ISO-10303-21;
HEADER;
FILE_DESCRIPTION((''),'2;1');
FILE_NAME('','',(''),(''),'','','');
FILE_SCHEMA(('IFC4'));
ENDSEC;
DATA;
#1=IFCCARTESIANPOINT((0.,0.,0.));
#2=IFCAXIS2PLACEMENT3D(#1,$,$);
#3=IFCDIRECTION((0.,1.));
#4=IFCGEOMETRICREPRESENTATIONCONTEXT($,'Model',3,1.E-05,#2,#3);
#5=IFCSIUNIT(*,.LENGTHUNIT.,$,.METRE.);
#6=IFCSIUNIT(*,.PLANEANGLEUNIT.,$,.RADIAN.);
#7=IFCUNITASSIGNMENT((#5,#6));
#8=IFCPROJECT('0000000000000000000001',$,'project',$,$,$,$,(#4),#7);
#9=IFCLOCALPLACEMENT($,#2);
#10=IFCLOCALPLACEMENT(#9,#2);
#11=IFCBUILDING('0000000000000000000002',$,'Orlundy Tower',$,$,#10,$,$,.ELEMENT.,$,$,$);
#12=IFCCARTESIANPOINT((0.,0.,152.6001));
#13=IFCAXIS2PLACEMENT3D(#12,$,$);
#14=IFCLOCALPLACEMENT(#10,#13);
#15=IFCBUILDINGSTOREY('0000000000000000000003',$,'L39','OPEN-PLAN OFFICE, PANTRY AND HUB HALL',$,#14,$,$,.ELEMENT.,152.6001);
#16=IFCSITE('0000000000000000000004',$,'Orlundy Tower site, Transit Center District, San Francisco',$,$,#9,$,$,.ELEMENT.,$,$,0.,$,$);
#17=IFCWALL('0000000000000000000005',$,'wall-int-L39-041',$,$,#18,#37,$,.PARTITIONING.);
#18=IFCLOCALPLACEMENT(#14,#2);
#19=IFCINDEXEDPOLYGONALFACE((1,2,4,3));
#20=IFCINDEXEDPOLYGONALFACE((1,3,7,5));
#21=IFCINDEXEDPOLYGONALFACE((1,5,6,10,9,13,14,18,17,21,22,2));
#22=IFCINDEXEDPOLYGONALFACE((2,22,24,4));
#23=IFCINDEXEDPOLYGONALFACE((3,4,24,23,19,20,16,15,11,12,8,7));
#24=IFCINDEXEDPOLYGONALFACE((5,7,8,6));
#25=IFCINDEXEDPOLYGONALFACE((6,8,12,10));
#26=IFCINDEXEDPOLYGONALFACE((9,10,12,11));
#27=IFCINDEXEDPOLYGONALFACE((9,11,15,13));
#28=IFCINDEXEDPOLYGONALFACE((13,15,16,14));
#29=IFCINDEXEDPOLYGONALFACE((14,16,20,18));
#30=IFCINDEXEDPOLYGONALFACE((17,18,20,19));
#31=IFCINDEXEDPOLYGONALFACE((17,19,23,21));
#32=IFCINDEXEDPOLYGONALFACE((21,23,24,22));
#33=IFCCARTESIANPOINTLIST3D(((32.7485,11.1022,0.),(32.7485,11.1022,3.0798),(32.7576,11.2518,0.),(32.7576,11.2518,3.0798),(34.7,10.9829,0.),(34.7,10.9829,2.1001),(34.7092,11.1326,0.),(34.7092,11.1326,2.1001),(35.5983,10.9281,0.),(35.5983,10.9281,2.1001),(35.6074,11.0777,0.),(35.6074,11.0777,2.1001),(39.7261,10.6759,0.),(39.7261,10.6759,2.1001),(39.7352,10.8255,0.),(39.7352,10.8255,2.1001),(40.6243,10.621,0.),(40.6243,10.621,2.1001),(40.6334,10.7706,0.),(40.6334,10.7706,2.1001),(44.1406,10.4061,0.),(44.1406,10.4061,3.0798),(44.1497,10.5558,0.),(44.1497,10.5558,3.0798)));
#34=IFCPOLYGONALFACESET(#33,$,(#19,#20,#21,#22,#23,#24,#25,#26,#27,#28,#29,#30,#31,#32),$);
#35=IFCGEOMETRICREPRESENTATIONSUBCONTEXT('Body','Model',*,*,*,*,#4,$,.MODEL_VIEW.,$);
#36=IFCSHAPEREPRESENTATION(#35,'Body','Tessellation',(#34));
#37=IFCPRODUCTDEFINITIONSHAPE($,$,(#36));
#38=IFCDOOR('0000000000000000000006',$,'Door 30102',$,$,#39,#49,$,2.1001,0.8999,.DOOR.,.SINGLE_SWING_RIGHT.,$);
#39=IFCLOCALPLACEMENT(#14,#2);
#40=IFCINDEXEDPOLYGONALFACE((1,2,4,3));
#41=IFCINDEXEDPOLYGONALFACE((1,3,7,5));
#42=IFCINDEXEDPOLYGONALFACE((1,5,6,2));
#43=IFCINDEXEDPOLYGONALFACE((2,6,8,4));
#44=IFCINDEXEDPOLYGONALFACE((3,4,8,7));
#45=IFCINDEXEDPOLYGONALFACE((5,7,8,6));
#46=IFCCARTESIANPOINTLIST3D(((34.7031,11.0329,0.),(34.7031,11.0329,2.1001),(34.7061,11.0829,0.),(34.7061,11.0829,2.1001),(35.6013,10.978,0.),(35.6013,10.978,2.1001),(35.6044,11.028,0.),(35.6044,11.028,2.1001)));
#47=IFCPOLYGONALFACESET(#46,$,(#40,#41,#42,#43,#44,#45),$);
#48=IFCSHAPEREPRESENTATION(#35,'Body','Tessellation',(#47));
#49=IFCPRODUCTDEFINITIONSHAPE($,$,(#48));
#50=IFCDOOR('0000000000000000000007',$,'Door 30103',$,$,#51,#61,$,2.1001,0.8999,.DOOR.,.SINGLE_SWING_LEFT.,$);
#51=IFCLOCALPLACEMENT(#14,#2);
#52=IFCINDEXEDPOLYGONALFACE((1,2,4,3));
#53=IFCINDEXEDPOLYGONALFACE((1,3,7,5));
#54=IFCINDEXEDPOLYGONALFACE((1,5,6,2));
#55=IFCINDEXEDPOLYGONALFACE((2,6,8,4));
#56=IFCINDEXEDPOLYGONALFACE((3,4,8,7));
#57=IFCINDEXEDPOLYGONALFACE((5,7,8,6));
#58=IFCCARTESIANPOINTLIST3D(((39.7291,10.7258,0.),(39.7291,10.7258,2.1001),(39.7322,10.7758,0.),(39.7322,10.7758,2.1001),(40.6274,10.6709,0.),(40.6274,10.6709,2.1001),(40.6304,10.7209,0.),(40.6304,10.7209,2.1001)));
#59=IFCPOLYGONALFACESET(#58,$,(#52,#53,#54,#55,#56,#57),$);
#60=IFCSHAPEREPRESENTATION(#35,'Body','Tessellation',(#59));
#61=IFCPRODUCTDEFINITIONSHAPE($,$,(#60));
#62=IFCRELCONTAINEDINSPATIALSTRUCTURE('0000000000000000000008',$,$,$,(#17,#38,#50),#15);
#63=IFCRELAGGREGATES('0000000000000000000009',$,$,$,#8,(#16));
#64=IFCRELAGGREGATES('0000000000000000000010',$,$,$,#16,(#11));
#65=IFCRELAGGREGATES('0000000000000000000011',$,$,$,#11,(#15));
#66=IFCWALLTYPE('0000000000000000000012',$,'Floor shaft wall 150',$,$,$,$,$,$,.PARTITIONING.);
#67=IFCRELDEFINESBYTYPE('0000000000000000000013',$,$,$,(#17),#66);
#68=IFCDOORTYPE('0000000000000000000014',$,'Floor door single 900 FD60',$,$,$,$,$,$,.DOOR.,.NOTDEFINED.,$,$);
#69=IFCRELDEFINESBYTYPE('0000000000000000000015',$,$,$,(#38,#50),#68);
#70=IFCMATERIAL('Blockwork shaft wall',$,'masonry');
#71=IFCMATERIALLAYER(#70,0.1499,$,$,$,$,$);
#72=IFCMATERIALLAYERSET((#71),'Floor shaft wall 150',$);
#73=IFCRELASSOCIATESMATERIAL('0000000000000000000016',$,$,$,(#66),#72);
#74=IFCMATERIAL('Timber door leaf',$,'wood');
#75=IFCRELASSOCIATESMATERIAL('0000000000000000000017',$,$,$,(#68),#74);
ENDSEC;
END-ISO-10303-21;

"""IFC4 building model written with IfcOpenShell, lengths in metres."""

from ifc_helpers import new_model, si_unit, direction, frame, frame_2d, origin, place, context, subcontext, project, spatial, rectangle, extrude, material, layer, layer_set, type_object, element, fill, save


model = new_model("IFC4")

# Units and contexts
model_context = context("Model", 3, precision=1e-05, world=origin(), true_north=direction((0.0, 1.0)))
body_context = subcontext(model_context, "Body", "Model", "MODEL_VIEW")
ifc_project = project(units=[si_unit("LENGTHUNIT", "METRE"), si_unit("PLANEANGLEUNIT", "RADIAN")], contexts=[model_context])

# Site, building, storey
site_placement = place(None, origin())
site = spatial("IfcSite", under=ifc_project, at=site_placement, Name="Orlundy Tower site, Transit Center District, San Francisco", CompositionType="ELEMENT", RefElevation=0.0)
building_placement = place(site_placement, origin())
building = spatial("IfcBuilding", under=site, at=building_placement, Name="Orlundy Tower", CompositionType="ELEMENT")
storey_placement = place(building_placement, frame((0.0, 0.0, 152.6001)))
storey = spatial("IfcBuildingStorey", under=building, at=storey_placement, Name="L39", Description="OPEN-PLAN OFFICE, PANTRY AND HUB HALL", CompositionType="ELEMENT", Elevation=152.6001)

# Wall, openings, doors
ifc_material_1 = material(Name="Blockwork shaft wall", Category="masonry")
ifc_layer_1 = layer(ifc_material_1, 0.1499)
ifc_layer_set_1 = layer_set([ifc_layer_1], Name="Floor shaft wall 150")
wall_type_1 = type_object("IfcWallType", Name="Floor shaft wall 150", PredefinedType="PARTITIONING", material=ifc_layer_set_1)
wall_1_placement = place(storey_placement, frame((44.145, 10.481, 0.0), z_axis=(0.0, 0.0, 1.0), x_axis=(-0.998139, 0.060985, 0.0)))
wall_1 = element("IfcWall", 1, at=wall_1_placement, inside=storey, type_object=wall_type_1, Name="wall-int-L39-041", PredefinedType="PARTITIONING", context=body_context, shape_type="SweptSolid", body=[
    extrude(rectangle(XDim=11.4133, YDim=0.1499, at=frame_2d((5.7065, 0.0))), origin(), (0.0, 0.0, 1.0), 3.0798),
])
opening_1_placement = place(wall_1_placement, frame((8.5581, 0.0, 0.0)))
opening_1 = element("IfcOpeningElement", 2, at=opening_1_placement, cuts=wall_1, PredefinedType="OPENING", context=body_context, shape_type="SweptSolid", body=[
    extrude(rectangle(XDim=0.8999, YDim=2.1001, at=frame_2d((0.45, 1.05))), frame((0.0, 0.085, 0.0), z_axis=(0.0, -1.0, 0.0), x_axis=(1.0, 0.0, 0.0)), (0.0, 0.0, 1.0), 0.1699),
])
opening_2_placement = place(wall_1_placement, frame((3.5227, 0.0, 0.0)))
opening_2 = element("IfcOpeningElement", 3, at=opening_2_placement, cuts=wall_1, PredefinedType="OPENING", context=body_context, shape_type="SweptSolid", body=[
    extrude(rectangle(XDim=0.8999, YDim=2.1001, at=frame_2d((0.45, 1.05))), frame((0.0, 0.085, 0.0), z_axis=(0.0, -1.0, 0.0), x_axis=(1.0, 0.0, 0.0)), (0.0, 0.0, 1.0), 0.1699),
])
ifc_material_2 = material(Name="Timber door leaf", Category="wood")
door_type_1 = type_object("IfcDoorType", Name="Floor door single 900 FD60", OperationType="NOTDEFINED", PredefinedType="DOOR", material=ifc_material_2)
door_1_placement = place(opening_1_placement, origin())
door_1 = element("IfcDoor", 4, at=door_1_placement, inside=storey, type_object=door_type_1, Name="Door 30102", OperationType="SINGLE_SWING_RIGHT", OverallHeight=2.1001, OverallWidth=0.8999, PredefinedType="DOOR", context=body_context, shape_type="SweptSolid", body=[
    extrude(rectangle(XDim=0.8999, YDim=2.1001, at=frame_2d((0.45, 1.05))), frame((0.0, 0.0249, 0.0), z_axis=(0.0, -1.0, 0.0), x_axis=(1.0, 0.0, 0.0)), (0.0, 0.0, 1.0), 0.05),
])
fill(opening_1, door_1)
door_2_placement = place(opening_2_placement, origin())
door_2 = element("IfcDoor", 5, at=door_2_placement, inside=storey, type_object=door_type_1, Name="Door 30103", OperationType="SINGLE_SWING_LEFT", OverallHeight=2.1001, OverallWidth=0.8999, PredefinedType="DOOR", context=body_context, shape_type="SweptSolid", body=[
    extrude(rectangle(XDim=0.8999, YDim=2.1001, at=frame_2d((0.45, 1.05))), frame((0.0, 0.0249, 0.0), z_axis=(0.0, -1.0, 0.0), x_axis=(1.0, 0.0, 0.0)), (0.0, 0.0, 1.0), 0.05),
])
fill(opening_2, door_2)

save(model, "model.ifc")
